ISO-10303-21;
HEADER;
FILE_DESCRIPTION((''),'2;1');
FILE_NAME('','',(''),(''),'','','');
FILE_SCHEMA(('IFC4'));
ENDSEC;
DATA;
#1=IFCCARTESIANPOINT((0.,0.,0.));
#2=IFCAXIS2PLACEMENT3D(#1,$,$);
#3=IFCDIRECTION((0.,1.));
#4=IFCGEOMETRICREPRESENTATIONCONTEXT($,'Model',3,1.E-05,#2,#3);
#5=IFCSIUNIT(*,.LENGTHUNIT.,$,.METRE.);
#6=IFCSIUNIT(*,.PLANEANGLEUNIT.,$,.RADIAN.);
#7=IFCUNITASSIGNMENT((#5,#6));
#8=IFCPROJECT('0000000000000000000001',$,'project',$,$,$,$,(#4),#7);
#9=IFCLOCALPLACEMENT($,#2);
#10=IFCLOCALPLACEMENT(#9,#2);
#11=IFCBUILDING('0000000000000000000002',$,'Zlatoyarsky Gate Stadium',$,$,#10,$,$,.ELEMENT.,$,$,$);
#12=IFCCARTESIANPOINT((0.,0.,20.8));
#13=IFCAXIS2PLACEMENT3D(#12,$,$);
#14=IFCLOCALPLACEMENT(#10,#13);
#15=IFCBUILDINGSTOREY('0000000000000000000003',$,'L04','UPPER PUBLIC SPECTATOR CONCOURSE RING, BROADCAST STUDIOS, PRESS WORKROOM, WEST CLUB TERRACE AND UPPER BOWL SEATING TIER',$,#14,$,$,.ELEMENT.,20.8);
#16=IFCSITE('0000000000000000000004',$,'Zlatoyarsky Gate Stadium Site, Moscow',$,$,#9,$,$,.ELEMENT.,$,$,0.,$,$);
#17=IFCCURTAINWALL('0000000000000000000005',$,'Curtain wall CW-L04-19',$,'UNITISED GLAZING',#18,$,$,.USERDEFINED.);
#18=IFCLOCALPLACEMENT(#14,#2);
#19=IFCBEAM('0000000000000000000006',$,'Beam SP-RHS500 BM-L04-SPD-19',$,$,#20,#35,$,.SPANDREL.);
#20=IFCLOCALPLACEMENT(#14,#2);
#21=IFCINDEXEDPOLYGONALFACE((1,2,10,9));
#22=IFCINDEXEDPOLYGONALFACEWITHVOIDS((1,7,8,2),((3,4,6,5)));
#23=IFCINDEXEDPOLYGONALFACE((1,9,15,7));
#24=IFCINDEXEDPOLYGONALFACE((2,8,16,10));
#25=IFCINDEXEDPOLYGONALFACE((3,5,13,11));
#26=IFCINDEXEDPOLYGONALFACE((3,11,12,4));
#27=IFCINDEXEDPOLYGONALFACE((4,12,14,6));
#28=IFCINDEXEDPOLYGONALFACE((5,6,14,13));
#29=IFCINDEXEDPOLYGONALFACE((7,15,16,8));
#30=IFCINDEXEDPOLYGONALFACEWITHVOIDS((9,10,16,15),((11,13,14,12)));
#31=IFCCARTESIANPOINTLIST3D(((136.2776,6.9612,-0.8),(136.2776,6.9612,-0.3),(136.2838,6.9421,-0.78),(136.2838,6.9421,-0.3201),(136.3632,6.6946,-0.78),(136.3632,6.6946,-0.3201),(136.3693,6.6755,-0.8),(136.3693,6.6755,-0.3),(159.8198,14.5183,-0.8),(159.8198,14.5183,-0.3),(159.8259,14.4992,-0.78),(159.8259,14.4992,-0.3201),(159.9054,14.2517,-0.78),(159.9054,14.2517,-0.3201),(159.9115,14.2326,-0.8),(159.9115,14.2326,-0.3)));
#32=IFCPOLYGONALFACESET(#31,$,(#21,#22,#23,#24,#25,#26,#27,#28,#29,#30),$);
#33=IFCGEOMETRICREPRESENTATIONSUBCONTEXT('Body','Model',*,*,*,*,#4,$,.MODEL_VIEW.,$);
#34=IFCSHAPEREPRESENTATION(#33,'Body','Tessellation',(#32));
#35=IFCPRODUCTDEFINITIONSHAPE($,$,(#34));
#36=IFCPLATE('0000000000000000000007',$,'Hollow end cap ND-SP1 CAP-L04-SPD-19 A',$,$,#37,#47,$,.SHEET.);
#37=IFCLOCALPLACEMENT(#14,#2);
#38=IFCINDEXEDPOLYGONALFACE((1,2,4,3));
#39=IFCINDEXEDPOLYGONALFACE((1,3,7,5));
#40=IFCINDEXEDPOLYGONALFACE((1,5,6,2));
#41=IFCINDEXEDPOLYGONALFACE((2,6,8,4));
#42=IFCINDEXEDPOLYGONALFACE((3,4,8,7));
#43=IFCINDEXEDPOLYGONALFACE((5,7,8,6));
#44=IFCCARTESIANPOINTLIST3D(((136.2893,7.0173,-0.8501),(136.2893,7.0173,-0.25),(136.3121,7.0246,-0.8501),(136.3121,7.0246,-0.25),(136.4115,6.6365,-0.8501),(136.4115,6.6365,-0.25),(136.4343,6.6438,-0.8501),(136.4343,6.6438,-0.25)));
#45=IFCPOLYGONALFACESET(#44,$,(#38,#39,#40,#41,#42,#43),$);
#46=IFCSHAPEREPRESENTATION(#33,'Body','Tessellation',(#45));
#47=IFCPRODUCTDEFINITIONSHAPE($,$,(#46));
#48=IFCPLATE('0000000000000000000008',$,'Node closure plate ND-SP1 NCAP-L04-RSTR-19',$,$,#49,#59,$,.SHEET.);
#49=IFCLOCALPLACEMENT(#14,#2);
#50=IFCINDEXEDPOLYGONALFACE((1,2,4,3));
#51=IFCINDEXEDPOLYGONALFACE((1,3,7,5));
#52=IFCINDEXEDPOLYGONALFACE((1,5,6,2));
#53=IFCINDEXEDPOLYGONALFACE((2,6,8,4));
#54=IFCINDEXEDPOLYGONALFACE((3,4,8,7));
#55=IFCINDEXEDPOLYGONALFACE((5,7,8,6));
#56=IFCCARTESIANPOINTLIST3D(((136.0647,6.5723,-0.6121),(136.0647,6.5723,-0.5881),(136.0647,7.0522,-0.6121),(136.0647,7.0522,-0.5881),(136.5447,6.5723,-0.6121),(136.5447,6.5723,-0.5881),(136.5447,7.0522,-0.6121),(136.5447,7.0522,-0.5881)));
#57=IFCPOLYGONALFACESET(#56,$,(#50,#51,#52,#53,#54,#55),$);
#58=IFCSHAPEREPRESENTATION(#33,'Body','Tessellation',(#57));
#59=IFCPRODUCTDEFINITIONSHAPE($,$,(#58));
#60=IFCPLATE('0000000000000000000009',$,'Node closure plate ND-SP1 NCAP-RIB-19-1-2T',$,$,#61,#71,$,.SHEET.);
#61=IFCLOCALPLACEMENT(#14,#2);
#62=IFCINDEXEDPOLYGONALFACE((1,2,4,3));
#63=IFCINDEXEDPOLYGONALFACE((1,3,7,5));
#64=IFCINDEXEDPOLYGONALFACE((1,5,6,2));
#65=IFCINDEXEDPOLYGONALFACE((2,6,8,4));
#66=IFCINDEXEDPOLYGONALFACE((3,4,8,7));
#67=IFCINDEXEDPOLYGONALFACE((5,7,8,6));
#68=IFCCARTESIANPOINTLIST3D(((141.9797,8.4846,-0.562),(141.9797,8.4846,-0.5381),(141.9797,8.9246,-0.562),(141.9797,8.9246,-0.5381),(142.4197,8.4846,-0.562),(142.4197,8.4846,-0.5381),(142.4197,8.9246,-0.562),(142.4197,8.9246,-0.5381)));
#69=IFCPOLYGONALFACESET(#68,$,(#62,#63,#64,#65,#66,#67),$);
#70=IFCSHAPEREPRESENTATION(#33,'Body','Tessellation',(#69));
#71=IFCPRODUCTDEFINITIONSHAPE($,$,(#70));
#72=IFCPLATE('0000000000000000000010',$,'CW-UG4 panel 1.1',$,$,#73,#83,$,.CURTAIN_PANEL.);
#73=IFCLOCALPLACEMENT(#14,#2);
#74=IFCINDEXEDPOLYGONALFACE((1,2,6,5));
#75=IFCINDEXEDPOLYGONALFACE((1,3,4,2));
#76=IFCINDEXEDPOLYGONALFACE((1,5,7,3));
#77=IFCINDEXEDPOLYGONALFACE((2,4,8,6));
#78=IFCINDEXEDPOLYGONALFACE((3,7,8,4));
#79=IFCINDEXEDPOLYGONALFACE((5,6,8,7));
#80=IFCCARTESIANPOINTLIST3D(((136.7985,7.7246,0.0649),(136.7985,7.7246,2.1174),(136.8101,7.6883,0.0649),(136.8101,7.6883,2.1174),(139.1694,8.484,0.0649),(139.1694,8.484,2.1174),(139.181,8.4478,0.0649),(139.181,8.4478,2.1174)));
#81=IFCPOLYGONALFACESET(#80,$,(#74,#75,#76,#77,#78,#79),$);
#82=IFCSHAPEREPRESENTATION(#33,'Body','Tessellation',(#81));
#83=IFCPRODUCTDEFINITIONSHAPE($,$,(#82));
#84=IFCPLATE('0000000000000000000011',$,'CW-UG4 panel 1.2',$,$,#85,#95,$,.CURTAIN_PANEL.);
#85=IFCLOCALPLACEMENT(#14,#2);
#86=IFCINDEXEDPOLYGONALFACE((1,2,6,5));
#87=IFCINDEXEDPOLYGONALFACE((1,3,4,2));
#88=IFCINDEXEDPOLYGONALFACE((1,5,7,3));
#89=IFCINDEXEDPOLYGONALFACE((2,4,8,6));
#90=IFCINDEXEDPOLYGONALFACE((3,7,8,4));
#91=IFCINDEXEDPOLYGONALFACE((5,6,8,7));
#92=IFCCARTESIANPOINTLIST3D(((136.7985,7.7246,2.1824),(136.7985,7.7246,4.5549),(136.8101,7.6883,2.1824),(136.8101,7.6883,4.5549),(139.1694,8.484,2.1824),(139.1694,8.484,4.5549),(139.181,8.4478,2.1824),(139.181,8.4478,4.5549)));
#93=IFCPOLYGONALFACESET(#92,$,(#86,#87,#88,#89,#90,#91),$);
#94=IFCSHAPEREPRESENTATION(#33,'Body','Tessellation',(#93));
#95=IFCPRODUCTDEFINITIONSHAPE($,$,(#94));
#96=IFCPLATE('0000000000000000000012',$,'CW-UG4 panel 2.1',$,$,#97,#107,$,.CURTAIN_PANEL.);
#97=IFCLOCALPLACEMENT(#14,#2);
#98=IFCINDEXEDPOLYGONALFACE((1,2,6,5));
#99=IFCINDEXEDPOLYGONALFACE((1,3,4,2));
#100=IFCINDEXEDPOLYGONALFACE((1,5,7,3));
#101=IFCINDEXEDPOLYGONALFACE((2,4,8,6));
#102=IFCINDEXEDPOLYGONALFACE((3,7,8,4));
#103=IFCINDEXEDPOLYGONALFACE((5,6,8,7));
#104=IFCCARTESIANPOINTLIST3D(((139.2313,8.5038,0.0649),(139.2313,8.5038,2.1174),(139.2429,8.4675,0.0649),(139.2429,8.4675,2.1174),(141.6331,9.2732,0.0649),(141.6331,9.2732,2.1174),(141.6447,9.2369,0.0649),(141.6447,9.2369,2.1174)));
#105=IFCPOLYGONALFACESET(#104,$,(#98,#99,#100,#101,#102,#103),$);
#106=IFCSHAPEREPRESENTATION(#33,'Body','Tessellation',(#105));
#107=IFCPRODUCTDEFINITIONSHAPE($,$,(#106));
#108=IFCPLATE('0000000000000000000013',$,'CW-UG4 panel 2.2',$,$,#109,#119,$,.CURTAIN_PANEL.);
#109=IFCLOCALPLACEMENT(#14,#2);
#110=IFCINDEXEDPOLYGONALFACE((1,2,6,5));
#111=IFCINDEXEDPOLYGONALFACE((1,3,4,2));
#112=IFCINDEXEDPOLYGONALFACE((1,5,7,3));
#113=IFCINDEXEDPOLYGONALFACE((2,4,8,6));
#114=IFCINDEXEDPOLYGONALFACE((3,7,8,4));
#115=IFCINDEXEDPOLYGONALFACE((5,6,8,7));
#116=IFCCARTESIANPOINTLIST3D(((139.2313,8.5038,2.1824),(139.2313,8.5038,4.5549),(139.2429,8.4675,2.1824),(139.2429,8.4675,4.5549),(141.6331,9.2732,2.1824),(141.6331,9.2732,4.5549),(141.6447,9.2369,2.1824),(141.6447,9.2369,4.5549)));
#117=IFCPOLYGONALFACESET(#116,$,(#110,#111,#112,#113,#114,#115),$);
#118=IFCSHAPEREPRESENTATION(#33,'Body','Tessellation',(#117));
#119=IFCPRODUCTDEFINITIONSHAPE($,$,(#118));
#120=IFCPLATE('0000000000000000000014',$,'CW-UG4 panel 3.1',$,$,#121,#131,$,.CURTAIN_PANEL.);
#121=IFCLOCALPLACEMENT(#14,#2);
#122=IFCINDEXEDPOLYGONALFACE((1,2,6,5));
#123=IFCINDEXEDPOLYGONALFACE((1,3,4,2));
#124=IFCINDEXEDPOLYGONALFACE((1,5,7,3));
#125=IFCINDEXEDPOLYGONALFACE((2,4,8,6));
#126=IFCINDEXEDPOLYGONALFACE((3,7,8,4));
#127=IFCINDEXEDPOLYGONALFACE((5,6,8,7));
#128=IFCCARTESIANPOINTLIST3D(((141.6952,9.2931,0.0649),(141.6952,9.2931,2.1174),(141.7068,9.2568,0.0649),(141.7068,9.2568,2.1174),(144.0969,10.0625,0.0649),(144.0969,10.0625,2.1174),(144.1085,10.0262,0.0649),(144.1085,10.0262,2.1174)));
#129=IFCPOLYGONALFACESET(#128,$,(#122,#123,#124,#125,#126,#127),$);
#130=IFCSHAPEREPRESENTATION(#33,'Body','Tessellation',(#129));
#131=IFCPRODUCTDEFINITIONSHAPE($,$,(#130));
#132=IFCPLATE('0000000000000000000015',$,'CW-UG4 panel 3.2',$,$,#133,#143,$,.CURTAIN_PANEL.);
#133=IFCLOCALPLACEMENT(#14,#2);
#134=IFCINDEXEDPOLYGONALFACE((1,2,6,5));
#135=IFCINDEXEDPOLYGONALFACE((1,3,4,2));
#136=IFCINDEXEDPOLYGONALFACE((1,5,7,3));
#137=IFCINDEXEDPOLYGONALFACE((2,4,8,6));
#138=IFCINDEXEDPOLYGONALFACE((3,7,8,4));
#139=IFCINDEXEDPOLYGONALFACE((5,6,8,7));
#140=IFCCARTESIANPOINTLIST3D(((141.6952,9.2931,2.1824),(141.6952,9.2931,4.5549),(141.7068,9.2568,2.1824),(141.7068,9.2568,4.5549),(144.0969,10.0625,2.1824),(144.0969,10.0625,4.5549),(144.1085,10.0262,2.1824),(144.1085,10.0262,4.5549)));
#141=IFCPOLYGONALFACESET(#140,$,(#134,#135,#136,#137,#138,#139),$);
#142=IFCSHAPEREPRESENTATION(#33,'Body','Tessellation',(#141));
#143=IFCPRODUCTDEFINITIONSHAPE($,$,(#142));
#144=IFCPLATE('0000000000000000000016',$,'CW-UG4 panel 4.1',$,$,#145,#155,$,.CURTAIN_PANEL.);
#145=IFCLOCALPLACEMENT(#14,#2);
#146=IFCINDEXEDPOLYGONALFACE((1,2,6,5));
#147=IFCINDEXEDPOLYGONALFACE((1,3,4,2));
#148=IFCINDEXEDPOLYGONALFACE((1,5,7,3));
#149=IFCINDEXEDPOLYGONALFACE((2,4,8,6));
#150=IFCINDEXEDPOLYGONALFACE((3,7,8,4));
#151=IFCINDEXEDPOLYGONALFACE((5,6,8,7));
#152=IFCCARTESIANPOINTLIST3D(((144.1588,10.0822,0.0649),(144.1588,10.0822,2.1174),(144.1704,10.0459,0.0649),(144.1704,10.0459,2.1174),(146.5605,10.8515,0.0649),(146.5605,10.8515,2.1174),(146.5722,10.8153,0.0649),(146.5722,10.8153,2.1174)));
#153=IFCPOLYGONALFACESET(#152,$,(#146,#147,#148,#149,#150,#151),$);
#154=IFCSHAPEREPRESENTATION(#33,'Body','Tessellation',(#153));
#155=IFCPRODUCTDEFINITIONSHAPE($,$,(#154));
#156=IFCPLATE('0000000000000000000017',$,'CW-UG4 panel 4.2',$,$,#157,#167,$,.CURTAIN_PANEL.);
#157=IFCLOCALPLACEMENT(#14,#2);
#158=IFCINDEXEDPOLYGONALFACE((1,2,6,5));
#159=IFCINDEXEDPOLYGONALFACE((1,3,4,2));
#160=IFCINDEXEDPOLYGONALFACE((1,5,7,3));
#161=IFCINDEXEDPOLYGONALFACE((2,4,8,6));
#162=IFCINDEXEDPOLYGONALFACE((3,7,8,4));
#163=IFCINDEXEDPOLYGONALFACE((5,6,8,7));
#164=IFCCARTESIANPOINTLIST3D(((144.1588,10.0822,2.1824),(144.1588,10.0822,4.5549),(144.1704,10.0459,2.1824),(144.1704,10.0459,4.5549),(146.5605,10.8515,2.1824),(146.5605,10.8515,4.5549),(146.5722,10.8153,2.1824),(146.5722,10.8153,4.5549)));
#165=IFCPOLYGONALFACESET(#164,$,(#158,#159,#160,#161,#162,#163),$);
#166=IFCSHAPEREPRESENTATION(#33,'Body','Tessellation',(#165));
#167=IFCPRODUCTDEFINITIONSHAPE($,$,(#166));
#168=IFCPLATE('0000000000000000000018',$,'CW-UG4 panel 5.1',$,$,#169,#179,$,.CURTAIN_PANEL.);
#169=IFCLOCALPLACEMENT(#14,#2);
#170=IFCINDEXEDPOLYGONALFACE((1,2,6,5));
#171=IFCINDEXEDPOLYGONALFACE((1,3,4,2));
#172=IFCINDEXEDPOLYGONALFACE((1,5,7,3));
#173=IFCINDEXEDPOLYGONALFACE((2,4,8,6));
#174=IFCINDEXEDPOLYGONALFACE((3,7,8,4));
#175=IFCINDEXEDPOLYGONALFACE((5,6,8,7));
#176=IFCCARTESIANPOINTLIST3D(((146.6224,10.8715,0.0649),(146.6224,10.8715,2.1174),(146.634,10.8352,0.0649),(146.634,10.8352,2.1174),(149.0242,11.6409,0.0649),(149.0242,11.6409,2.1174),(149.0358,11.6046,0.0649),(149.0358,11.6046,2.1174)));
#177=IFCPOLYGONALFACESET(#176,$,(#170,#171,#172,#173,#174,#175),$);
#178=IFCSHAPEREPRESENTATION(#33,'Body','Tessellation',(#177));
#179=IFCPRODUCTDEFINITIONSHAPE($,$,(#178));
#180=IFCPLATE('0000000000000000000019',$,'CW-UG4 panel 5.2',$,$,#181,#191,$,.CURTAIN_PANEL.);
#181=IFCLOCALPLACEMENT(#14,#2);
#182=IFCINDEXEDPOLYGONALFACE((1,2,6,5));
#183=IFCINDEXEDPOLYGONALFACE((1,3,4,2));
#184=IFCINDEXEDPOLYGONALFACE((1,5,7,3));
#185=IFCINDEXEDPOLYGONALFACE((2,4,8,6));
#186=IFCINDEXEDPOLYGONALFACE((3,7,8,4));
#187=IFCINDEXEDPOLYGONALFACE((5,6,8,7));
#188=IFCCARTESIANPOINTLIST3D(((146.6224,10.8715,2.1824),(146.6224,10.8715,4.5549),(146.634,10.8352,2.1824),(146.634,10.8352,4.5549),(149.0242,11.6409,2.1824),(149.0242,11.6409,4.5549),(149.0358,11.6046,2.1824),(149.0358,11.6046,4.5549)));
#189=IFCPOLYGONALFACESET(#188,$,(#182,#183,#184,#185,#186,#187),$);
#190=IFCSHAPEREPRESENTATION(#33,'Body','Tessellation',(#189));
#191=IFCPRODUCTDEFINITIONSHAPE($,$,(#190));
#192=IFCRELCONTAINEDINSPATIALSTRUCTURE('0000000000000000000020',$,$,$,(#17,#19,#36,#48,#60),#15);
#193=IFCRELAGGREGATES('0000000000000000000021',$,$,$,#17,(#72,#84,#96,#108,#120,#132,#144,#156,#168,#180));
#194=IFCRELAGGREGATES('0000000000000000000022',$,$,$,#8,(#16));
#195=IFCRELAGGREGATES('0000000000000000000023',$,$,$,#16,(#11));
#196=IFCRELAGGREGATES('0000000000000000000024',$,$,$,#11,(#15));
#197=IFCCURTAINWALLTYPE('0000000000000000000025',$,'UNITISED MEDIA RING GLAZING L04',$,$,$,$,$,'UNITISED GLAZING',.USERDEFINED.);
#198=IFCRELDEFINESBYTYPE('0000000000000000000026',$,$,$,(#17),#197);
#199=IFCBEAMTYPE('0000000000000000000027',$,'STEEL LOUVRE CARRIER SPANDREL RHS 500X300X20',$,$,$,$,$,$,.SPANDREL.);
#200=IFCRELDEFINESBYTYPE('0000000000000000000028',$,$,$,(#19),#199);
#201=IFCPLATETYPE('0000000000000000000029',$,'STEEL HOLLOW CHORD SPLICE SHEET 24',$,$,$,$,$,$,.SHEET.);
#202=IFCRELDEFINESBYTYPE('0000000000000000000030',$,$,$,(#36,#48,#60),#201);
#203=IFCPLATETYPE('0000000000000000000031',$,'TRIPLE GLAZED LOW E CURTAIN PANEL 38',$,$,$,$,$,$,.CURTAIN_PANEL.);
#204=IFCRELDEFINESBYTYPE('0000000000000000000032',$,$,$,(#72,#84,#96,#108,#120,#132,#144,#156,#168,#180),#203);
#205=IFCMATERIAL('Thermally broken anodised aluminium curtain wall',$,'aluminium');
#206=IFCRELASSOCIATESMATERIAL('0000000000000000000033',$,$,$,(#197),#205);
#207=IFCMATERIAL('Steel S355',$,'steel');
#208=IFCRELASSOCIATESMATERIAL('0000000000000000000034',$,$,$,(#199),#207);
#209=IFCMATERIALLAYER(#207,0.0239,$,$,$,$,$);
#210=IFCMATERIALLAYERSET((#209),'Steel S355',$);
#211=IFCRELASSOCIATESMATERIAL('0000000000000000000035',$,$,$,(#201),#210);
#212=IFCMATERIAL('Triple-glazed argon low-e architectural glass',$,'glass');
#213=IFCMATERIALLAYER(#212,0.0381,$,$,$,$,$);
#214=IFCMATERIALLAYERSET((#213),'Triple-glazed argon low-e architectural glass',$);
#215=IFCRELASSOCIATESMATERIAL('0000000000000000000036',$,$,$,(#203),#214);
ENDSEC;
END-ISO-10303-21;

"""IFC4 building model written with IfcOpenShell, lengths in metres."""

from ifc_helpers import new_model, si_unit, direction, frame, origin, origin_2d, place, context, subcontext, project, spatial, rectangle, hollow_rectangle, extrude, material, layer, layer_set, material_profile, profile_set, type_object, element, aggregate, save


model = new_model("IFC4")

# Units and contexts
model_context = context("Model", 3, precision=1e-05, world=origin(), true_north=direction((0.0, 1.0)))
body_context = subcontext(model_context, "Body", "Model", "MODEL_VIEW")
ifc_project = project(units=[si_unit("LENGTHUNIT", "METRE"), si_unit("PLANEANGLEUNIT", "RADIAN")], contexts=[model_context])

# Site, building, storey
site_placement = place(None, origin())
site = spatial("IfcSite", under=ifc_project, at=site_placement, Name="Zlatoyarsky Gate Stadium Site, Moscow", CompositionType="ELEMENT", RefElevation=0.0)
building_placement = place(site_placement, origin())
building = spatial("IfcBuilding", under=site, at=building_placement, Name="Zlatoyarsky Gate Stadium", CompositionType="ELEMENT")
storey_placement = place(building_placement, frame((0.0, 0.0, 20.8)))
storey = spatial("IfcBuildingStorey", under=building, at=storey_placement, Name="L04", Description="UPPER PUBLIC SPECTATOR CONCOURSE RING, BROADCAST STUDIOS, PRESS WORKROOM, WEST CLUB TERRACE AND UPPER BOWL SEATING TIER", CompositionType="ELEMENT", Elevation=20.8)

# Curtain wall
ifc_material_1 = material(Name="Thermally broken anodised aluminium curtain wall", Category="aluminium")
curtain_wall_type = type_object("IfcCurtainWallType", Name="UNITISED MEDIA RING GLAZING L04", ElementType="UNITISED GLAZING", PredefinedType="USERDEFINED", material=ifc_material_1)
curtain_wall_placement = place(storey_placement, origin())
curtain_wall = element("IfcCurtainWall", 1, at=curtain_wall_placement, inside=storey, type_object=curtain_wall_type, Name="Curtain wall CW-L04-19", ObjectType="UNITISED GLAZING", PredefinedType="USERDEFINED")

# Shared definitions
ifc_material_2 = material(Name="Steel S355", Category="steel")

# Beam
ifc_material_profile_1 = material_profile(ifc_material_2, hollow_rectangle(XDim=0.3, YDim=0.5, WallThickness=0.02, at=origin_2d()), Name="RHS 500X300X20")
ifc_profile_set_1 = profile_set([ifc_material_profile_1], Name="Steel S355")
beam_type = type_object("IfcBeamType", Name="STEEL LOUVRE CARRIER SPANDREL RHS 500X300X20", PredefinedType="SPANDREL", material=ifc_profile_set_1)
beam_placement = place(storey_placement, frame((136.3235, 6.8184, -0.55), z_axis=(0.952147, 0.305642, 0.0), x_axis=(-0.305642, 0.952147, 0.0)))
element("IfcBeam", 2, at=beam_placement, inside=storey, type_object=beam_type, Name="Beam SP-RHS500 BM-L04-SPD-19", PredefinedType="SPANDREL", context=body_context, shape_type="SweptSolid", body=[
    extrude(hollow_rectangle(XDim=0.3, YDim=0.5, WallThickness=0.02, at=origin_2d()), origin(), (0.0, 0.0, 1.0), 24.7253),
])

# Plates
ifc_layer_1 = layer(ifc_material_2, 0.0239)
ifc_layer_set_1 = layer_set([ifc_layer_1], Name="Steel S355")
plate_type_1 = type_object("IfcPlateType", Name="STEEL HOLLOW CHORD SPLICE SHEET 24", PredefinedType="SHEET", material=ifc_layer_set_1)
plate_1_placement = place(storey_placement, frame((136.3618, 6.8306, -0.8501), z_axis=(0.0, 0.0, 1.0), x_axis=(0.952146, 0.305645, 0.0)))
element("IfcPlate", 3, at=plate_1_placement, inside=storey, type_object=plate_type_1, Name="Hollow end cap ND-SP1 CAP-L04-SPD-19 A", PredefinedType="SHEET", context=body_context, shape_type="SweptSolid", body=[
    extrude(rectangle(XDim=0.0239, YDim=0.3999, at=origin_2d()), origin(), (0.0, 0.0, 1.0), 0.6001),
])
plate_2_placement = place(storey_placement, frame((136.3047, 6.8123, -0.6121), z_axis=(0.0, 0.0, 1.0), x_axis=(1.0, 0.0, 0.0)))
element("IfcPlate", 4, at=plate_2_placement, inside=storey, type_object=plate_type_1, Name="Node closure plate ND-SP1 NCAP-L04-RSTR-19", PredefinedType="SHEET", context=body_context, shape_type="SweptSolid", body=[
    extrude(rectangle(XDim=0.48, YDim=0.48, at=origin_2d()), origin(), (0.0, 0.0, 1.0), 0.0239),
])
plate_3_placement = place(storey_placement, frame((142.1997, 8.7046, -0.562), z_axis=(0.0, 0.0, 1.0), x_axis=(1.0, 0.0, 0.0)))
element("IfcPlate", 5, at=plate_3_placement, inside=storey, type_object=plate_type_1, Name="Node closure plate ND-SP1 NCAP-RIB-19-1-2T", PredefinedType="SHEET", context=body_context, shape_type="SweptSolid", body=[
    extrude(rectangle(XDim=0.4399, YDim=0.4399, at=origin_2d()), origin(), (0.0, 0.0, 1.0), 0.0239),
])

# Plates
ifc_material_3 = material(Name="Triple-glazed argon low-e architectural glass", Category="glass")
ifc_layer_2 = layer(ifc_material_3, 0.0381)
ifc_layer_set_2 = layer_set([ifc_layer_2], Name="Triple-glazed argon low-e architectural glass")
plate_type_2 = type_object("IfcPlateType", Name="TRIPLE GLAZED LOW E CURTAIN PANEL 38", PredefinedType="CURTAIN_PANEL", material=ifc_layer_set_2)
plate_4_placement = place(storey_placement, frame((137.9897, 8.0862, 0.0649), z_axis=(0.0, 0.0, 1.0), x_axis=(0.952331, 0.305066, 0.0)))
plate_4 = element("IfcPlate", 6, at=plate_4_placement, type_object=plate_type_2, Name="CW-UG4 panel 1.1", PredefinedType="CURTAIN_PANEL", context=body_context, shape_type="SweptSolid", body=[
    extrude(rectangle(XDim=2.4895, YDim=0.0381, at=origin_2d()), origin(), (0.0, 0.0, 1.0), 2.0525),
])
plate_5_placement = place(storey_placement, frame((137.9897, 8.0862, 2.1824), z_axis=(0.0, 0.0, 1.0), x_axis=(0.952331, 0.305066, 0.0)))
plate_5 = element("IfcPlate", 7, at=plate_5_placement, type_object=plate_type_2, Name="CW-UG4 panel 1.2", PredefinedType="CURTAIN_PANEL", context=body_context, shape_type="SweptSolid", body=[
    extrude(rectangle(XDim=2.4895, YDim=0.0381, at=origin_2d()), origin(), (0.0, 0.0, 1.0), 2.3726),
])
plate_6_placement = place(storey_placement, frame((140.438, 8.8704, 0.0649), z_axis=(0.0, 0.0, 1.0), x_axis=(0.952331, 0.305066, 0.0)))
plate_6 = element("IfcPlate", 8, at=plate_6_placement, type_object=plate_type_2, Name="CW-UG4 panel 2.1", PredefinedType="CURTAIN_PANEL", context=body_context, shape_type="SweptSolid", body=[
    extrude(rectangle(XDim=2.522, YDim=0.0381, at=origin_2d()), origin(), (0.0, 0.0, 1.0), 2.0525),
])
plate_7_placement = place(storey_placement, frame((140.438, 8.8704, 2.1824), z_axis=(0.0, 0.0, 1.0), x_axis=(0.952331, 0.305066, 0.0)))
plate_7 = element("IfcPlate", 9, at=plate_7_placement, type_object=plate_type_2, Name="CW-UG4 panel 2.2", PredefinedType="CURTAIN_PANEL", context=body_context, shape_type="SweptSolid", body=[
    extrude(rectangle(XDim=2.522, YDim=0.0381, at=origin_2d()), origin(), (0.0, 0.0, 1.0), 2.3726),
])
plate_8_placement = place(storey_placement, frame((142.9019, 9.6597, 0.0649), z_axis=(0.0, 0.0, 1.0), x_axis=(0.952331, 0.305066, 0.0)))
plate_8 = element("IfcPlate", 10, at=plate_8_placement, type_object=plate_type_2, Name="CW-UG4 panel 3.1", PredefinedType="CURTAIN_PANEL", context=body_context, shape_type="SweptSolid", body=[
    extrude(rectangle(XDim=2.522, YDim=0.0381, at=origin_2d()), origin(), (0.0, 0.0, 1.0), 2.0525),
])
plate_9_placement = place(storey_placement, frame((142.9019, 9.6597, 2.1824), z_axis=(0.0, 0.0, 1.0), x_axis=(0.952331, 0.305066, 0.0)))
plate_9 = element("IfcPlate", 11, at=plate_9_placement, type_object=plate_type_2, Name="CW-UG4 panel 3.2", PredefinedType="CURTAIN_PANEL", context=body_context, shape_type="SweptSolid", body=[
    extrude(rectangle(XDim=2.522, YDim=0.0381, at=origin_2d()), origin(), (0.0, 0.0, 1.0), 2.3726),
])
plate_10_placement = place(storey_placement, frame((145.3655, 10.4487, 0.0649), z_axis=(0.0, 0.0, 1.0), x_axis=(0.952331, 0.305066, 0.0)))
plate_10 = element("IfcPlate", 12, at=plate_10_placement, type_object=plate_type_2, Name="CW-UG4 panel 4.1", PredefinedType="CURTAIN_PANEL", context=body_context, shape_type="SweptSolid", body=[
    extrude(rectangle(XDim=2.522, YDim=0.0381, at=origin_2d()), origin(), (0.0, 0.0, 1.0), 2.0525),
])
plate_11_placement = place(storey_placement, frame((145.3655, 10.4487, 2.1824), z_axis=(0.0, 0.0, 1.0), x_axis=(0.952331, 0.305066, 0.0)))
plate_11 = element("IfcPlate", 13, at=plate_11_placement, type_object=plate_type_2, Name="CW-UG4 panel 4.2", PredefinedType="CURTAIN_PANEL", context=body_context, shape_type="SweptSolid", body=[
    extrude(rectangle(XDim=2.522, YDim=0.0381, at=origin_2d()), origin(), (0.0, 0.0, 1.0), 2.3726),
])
plate_12_placement = place(storey_placement, frame((147.8291, 11.238, 0.0649), z_axis=(0.0, 0.0, 1.0), x_axis=(0.952331, 0.305066, 0.0)))
plate_12 = element("IfcPlate", 14, at=plate_12_placement, type_object=plate_type_2, Name="CW-UG4 panel 5.1", PredefinedType="CURTAIN_PANEL", context=body_context, shape_type="SweptSolid", body=[
    extrude(rectangle(XDim=2.522, YDim=0.0381, at=origin_2d()), origin(), (0.0, 0.0, 1.0), 2.0525),
])
plate_13_placement = place(storey_placement, frame((147.8291, 11.238, 2.1824), z_axis=(0.0, 0.0, 1.0), x_axis=(0.952331, 0.305066, 0.0)))
plate_13 = element("IfcPlate", 15, at=plate_13_placement, type_object=plate_type_2, Name="CW-UG4 panel 5.2", PredefinedType="CURTAIN_PANEL", context=body_context, shape_type="SweptSolid", body=[
    extrude(rectangle(XDim=2.522, YDim=0.0381, at=origin_2d()), origin(), (0.0, 0.0, 1.0), 2.3726),
])
aggregate(curtain_wall, [plate_4, plate_5, plate_6, plate_7, plate_8, plate_9, plate_10, plate_11, plate_12, plate_13])

save(model, "model.ifc")
